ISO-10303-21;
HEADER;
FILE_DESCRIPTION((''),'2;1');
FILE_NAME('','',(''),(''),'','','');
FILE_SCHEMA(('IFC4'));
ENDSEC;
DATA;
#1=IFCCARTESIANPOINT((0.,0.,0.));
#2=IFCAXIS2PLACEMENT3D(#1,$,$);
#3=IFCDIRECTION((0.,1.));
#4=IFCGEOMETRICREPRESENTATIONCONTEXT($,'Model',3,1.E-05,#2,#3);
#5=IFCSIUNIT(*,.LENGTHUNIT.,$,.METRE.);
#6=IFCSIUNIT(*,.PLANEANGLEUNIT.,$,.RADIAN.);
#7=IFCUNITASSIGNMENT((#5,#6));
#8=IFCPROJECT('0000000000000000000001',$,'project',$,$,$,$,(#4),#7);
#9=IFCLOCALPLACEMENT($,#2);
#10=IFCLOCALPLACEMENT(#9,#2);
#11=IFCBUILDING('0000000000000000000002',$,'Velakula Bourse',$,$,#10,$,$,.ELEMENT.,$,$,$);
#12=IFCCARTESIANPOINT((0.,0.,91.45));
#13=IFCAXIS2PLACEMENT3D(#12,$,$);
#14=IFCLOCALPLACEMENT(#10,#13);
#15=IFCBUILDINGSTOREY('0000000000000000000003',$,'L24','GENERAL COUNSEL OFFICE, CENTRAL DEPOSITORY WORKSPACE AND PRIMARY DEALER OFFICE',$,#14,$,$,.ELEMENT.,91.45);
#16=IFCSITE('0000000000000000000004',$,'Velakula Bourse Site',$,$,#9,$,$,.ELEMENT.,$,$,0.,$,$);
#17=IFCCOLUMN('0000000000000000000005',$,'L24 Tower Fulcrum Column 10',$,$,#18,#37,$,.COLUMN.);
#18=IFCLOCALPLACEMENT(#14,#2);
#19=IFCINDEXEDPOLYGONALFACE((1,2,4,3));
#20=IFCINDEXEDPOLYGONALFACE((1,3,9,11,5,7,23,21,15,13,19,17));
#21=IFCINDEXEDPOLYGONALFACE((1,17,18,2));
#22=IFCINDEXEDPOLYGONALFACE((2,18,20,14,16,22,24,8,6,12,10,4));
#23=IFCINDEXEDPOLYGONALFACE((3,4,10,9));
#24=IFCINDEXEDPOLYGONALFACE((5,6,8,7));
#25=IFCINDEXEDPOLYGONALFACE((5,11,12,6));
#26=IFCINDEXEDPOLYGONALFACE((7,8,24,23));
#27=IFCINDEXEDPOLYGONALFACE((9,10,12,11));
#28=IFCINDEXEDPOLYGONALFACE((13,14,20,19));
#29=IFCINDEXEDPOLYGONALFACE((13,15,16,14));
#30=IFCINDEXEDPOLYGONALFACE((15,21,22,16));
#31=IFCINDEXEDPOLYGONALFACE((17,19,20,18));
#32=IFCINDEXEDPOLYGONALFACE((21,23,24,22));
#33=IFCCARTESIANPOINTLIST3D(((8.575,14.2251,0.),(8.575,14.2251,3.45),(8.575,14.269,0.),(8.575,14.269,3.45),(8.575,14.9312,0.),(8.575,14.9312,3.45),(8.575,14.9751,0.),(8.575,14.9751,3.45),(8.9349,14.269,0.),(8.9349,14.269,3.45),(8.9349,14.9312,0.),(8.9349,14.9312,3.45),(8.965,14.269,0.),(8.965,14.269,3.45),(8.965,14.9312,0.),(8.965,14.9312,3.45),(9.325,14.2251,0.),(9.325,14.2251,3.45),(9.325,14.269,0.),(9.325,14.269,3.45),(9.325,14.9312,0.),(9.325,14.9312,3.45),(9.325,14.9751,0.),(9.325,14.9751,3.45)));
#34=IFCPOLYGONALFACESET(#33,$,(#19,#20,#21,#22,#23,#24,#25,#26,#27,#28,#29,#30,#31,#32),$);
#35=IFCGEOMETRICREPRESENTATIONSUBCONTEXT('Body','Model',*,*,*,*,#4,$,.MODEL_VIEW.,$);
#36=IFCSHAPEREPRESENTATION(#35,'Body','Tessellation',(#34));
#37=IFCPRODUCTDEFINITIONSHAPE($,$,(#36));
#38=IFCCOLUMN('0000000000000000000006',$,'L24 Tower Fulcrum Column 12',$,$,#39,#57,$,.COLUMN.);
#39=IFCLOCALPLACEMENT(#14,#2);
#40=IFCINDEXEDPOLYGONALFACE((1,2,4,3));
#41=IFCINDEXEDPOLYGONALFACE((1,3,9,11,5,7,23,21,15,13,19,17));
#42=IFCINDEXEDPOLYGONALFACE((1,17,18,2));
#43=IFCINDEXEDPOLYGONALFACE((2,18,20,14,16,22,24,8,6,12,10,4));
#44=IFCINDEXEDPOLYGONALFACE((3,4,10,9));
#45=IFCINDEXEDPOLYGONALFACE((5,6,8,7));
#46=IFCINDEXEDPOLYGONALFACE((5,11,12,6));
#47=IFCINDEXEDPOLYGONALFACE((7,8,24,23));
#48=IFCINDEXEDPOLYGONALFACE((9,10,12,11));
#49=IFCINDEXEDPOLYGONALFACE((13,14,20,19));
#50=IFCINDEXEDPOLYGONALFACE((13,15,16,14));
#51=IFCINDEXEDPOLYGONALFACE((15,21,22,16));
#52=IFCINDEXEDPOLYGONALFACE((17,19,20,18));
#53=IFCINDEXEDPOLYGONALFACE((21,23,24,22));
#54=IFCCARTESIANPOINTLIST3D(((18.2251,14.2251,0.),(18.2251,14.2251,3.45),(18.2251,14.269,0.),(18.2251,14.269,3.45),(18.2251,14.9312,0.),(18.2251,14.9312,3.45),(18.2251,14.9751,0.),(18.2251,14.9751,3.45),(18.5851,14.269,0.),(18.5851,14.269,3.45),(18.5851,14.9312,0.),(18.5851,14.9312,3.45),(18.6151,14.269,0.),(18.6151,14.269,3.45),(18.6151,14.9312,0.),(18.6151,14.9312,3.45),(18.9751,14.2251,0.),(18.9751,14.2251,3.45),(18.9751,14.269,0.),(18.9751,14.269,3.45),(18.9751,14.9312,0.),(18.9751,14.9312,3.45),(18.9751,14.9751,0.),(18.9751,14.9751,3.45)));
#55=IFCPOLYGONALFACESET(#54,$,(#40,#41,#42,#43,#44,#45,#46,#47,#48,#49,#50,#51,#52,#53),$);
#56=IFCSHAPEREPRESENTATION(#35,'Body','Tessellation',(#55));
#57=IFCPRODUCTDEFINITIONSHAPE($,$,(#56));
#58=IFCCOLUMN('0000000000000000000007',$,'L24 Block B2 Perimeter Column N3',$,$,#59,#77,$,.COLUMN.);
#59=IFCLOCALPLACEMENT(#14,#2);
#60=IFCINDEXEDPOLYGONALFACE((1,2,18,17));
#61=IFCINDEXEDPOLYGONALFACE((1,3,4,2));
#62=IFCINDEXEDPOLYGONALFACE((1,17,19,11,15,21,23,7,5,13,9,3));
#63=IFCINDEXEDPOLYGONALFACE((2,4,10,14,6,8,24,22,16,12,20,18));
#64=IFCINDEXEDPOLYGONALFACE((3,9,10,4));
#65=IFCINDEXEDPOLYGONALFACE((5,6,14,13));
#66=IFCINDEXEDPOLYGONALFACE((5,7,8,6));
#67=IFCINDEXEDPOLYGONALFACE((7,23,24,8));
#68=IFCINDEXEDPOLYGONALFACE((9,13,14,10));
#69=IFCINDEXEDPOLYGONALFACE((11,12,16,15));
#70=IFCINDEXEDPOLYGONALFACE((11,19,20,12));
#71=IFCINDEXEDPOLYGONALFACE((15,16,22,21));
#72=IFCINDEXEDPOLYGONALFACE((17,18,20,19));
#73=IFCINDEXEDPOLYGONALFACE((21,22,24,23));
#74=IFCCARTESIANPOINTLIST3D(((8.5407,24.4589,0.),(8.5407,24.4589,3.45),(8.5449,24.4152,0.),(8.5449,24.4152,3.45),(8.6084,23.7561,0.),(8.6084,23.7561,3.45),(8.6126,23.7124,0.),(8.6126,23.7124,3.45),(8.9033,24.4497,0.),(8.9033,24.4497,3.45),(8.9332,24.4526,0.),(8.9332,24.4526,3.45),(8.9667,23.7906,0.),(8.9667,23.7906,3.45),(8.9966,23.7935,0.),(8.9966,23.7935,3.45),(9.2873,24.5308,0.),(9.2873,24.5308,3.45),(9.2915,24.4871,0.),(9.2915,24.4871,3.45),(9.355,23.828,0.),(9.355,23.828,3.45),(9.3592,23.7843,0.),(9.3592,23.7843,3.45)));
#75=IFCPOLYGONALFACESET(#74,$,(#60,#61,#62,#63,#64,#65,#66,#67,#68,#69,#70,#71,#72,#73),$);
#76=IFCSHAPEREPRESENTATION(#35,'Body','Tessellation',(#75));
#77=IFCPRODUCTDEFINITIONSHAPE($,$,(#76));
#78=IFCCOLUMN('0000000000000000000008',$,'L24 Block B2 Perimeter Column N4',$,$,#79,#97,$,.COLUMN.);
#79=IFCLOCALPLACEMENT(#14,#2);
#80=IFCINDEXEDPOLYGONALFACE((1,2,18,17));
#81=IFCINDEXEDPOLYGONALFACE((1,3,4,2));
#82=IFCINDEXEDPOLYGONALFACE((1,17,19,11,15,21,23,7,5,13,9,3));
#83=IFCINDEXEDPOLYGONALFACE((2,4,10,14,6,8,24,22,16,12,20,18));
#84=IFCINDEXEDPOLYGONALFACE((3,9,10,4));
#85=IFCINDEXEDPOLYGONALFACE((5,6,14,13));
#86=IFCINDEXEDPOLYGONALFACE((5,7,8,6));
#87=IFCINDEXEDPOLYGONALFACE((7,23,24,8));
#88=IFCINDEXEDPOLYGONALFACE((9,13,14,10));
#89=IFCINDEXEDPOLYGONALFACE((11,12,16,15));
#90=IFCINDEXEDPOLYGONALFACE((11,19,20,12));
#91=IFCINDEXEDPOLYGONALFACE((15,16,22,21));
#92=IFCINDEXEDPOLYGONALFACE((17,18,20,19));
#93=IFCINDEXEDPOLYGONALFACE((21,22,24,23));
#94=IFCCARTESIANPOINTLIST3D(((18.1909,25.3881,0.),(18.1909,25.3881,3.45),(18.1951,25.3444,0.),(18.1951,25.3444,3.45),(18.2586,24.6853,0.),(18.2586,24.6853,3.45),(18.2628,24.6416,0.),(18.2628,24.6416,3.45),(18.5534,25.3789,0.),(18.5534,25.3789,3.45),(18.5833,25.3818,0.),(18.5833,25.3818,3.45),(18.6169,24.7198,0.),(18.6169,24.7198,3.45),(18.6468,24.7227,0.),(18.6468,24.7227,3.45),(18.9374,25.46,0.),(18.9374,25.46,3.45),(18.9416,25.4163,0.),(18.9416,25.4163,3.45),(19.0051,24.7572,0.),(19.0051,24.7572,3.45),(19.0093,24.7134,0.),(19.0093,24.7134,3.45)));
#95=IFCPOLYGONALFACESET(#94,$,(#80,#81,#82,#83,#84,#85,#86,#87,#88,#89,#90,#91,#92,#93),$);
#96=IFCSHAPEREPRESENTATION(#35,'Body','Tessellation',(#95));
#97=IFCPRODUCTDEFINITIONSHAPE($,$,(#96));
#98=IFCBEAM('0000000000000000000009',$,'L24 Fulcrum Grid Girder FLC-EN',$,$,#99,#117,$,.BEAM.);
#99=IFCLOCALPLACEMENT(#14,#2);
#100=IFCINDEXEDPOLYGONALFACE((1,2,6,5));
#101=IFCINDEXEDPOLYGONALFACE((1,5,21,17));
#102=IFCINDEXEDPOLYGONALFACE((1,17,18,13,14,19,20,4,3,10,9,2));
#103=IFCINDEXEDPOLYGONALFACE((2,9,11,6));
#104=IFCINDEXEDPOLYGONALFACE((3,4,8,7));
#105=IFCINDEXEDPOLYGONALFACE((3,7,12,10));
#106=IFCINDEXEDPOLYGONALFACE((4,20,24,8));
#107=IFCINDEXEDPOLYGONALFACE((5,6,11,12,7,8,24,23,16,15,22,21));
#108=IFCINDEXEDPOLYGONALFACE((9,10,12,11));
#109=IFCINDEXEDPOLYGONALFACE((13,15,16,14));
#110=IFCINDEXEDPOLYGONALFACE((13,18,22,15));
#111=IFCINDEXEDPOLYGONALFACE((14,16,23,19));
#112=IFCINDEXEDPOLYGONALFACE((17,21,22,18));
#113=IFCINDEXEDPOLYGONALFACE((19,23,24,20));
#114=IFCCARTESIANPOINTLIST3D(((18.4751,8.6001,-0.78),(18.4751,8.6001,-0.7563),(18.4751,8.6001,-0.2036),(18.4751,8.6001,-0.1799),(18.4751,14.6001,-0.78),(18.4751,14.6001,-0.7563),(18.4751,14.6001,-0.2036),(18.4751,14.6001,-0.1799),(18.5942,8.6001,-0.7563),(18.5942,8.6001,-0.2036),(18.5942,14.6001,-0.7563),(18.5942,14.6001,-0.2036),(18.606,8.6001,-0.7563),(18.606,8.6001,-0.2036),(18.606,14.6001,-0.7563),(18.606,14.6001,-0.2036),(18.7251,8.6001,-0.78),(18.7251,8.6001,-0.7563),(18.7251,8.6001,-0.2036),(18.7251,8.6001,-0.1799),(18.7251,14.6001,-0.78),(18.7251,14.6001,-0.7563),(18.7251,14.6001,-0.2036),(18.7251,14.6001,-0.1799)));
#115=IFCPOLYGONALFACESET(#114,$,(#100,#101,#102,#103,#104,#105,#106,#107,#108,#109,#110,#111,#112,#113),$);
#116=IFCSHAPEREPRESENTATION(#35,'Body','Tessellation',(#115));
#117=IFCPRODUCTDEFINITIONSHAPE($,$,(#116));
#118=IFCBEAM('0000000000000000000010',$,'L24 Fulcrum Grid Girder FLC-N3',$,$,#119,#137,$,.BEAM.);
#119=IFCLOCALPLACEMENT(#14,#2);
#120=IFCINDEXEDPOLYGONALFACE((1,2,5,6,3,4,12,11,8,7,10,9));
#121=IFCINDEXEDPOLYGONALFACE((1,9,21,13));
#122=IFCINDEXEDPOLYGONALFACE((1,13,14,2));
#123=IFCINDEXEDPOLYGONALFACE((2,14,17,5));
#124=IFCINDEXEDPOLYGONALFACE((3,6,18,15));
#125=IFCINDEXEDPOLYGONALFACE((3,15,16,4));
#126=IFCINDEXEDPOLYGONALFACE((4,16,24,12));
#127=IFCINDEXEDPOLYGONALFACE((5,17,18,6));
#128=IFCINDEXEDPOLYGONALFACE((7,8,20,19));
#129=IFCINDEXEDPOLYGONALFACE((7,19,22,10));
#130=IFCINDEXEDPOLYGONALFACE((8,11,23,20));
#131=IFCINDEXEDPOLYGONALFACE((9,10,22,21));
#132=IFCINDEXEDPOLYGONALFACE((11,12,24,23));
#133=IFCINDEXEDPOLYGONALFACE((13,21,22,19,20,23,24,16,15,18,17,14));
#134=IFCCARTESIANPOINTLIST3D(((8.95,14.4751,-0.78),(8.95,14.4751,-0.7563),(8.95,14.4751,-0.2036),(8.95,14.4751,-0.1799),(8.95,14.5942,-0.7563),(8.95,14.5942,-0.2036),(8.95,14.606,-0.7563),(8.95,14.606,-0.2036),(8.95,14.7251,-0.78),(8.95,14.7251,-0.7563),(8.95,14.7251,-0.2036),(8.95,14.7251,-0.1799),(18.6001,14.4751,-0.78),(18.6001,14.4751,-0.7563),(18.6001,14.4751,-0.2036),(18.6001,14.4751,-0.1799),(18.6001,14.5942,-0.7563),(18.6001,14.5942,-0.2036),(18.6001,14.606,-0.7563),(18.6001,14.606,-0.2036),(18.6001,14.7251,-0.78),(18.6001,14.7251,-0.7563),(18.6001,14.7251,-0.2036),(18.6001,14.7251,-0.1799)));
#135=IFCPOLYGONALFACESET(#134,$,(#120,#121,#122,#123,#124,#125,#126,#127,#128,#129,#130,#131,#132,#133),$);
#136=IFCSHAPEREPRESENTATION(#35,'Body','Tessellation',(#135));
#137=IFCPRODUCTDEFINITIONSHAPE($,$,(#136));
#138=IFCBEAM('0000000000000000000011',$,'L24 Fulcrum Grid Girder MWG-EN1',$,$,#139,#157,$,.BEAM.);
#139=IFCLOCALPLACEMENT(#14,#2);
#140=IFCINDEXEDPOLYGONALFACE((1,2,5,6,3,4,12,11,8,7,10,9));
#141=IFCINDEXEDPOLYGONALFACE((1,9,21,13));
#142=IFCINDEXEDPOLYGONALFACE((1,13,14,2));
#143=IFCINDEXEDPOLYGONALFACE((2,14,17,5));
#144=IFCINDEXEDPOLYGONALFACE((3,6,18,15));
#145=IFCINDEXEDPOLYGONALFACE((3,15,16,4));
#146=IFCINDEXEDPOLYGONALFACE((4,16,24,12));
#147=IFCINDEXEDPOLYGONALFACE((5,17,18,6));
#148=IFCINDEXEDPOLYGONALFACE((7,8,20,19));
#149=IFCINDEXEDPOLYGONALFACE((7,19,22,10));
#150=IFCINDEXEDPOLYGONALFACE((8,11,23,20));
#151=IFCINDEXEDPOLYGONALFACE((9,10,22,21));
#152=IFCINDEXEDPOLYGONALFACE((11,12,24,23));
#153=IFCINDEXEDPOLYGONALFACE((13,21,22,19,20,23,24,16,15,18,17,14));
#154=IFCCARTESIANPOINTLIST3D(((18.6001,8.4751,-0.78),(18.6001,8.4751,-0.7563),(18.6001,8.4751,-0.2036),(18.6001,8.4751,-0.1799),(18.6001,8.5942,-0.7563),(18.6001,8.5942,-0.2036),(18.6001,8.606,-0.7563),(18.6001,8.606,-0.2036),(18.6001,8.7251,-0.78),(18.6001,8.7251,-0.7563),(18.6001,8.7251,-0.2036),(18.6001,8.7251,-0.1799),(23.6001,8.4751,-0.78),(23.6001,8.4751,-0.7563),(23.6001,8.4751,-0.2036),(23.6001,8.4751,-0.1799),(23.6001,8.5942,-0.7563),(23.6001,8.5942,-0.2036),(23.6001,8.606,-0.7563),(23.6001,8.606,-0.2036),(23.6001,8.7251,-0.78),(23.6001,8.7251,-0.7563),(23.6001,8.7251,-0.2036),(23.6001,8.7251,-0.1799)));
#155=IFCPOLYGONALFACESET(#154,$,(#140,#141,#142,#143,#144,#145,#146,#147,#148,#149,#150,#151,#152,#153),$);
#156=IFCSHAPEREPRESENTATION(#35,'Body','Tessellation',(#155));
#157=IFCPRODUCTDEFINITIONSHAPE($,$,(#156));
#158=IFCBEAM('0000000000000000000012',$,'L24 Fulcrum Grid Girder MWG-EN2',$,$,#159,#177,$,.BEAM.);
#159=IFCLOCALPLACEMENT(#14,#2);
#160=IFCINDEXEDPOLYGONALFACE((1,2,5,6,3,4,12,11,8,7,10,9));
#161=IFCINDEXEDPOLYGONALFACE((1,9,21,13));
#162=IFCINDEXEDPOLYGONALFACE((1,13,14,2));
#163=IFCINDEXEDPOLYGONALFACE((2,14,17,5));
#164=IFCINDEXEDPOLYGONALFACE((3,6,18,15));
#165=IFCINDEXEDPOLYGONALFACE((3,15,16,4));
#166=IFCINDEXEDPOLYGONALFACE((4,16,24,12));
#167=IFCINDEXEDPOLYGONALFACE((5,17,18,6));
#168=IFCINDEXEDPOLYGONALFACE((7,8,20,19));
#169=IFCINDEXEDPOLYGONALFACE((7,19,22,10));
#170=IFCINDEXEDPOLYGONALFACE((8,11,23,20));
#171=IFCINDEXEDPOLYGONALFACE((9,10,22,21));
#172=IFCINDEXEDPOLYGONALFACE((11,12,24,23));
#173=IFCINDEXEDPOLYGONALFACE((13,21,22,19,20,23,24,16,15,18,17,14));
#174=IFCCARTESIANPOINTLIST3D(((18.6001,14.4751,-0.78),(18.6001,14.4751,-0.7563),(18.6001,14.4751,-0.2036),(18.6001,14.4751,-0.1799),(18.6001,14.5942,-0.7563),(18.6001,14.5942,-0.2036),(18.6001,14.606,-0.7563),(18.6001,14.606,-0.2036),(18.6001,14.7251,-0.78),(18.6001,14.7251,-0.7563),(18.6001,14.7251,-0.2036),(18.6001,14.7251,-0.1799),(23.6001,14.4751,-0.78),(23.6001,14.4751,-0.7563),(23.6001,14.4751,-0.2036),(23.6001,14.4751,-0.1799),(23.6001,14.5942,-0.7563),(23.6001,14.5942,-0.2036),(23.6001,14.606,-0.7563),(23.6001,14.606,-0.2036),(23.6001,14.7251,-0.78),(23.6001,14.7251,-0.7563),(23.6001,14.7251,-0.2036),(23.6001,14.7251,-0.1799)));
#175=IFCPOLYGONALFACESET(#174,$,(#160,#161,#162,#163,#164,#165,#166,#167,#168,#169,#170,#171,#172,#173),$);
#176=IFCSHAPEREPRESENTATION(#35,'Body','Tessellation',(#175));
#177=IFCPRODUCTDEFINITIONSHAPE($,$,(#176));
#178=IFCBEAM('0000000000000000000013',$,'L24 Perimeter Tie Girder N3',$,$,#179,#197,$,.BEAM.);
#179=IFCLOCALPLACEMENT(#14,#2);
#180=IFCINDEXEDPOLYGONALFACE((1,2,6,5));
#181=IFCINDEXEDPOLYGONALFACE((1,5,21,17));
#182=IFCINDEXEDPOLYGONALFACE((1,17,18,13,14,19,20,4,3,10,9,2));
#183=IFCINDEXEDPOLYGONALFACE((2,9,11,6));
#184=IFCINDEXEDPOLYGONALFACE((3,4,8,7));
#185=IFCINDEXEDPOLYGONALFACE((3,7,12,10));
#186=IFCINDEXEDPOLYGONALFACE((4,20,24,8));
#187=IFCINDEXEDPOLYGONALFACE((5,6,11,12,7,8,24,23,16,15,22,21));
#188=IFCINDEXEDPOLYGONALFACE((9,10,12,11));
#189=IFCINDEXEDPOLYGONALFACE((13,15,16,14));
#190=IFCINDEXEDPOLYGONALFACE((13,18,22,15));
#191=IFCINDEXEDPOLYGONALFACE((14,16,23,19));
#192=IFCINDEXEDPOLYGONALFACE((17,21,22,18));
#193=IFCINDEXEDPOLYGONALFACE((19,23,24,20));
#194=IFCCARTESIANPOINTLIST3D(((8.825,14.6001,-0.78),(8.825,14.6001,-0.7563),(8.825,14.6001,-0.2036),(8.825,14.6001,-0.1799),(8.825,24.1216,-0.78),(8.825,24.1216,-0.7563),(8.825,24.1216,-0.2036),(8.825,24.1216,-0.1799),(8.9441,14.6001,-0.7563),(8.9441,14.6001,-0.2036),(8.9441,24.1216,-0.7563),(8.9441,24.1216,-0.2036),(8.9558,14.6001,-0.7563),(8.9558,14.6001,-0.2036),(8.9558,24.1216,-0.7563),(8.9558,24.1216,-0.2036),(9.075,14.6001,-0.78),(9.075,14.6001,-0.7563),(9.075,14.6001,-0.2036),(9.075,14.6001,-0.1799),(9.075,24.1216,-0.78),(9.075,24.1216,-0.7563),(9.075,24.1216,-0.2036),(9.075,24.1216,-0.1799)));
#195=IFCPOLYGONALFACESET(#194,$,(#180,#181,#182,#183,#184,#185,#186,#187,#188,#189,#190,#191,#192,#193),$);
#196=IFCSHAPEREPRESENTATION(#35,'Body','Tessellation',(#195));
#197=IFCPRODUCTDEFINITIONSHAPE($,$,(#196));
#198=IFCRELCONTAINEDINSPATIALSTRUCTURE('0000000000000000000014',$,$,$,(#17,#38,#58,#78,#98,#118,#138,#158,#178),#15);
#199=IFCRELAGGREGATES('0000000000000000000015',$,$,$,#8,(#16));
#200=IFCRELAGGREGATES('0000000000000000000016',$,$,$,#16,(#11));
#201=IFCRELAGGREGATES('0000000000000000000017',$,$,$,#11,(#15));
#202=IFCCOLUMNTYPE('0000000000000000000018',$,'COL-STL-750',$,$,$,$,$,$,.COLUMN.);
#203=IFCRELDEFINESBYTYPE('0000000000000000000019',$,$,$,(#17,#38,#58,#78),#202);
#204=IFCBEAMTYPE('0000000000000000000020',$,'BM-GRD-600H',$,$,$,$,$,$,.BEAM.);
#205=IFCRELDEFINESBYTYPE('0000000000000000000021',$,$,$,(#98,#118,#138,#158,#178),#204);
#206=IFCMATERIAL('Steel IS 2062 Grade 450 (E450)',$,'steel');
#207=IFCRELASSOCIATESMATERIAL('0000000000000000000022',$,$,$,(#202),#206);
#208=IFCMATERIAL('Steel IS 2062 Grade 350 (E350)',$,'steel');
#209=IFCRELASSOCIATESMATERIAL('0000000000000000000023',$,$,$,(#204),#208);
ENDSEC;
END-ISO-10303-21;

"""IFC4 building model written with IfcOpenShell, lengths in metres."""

from ifc_helpers import new_model, si_unit, direction, frame, origin, origin_2d, place, context, subcontext, project, spatial, i_section, extrude, material, material_profile, profile_set, type_object, element, save


model = new_model("IFC4")

# Units and contexts
model_context = context("Model", 3, precision=1e-05, world=origin(), true_north=direction((0.0, 1.0)))
body_context = subcontext(model_context, "Body", "Model", "MODEL_VIEW")
ifc_project = project(units=[si_unit("LENGTHUNIT", "METRE"), si_unit("PLANEANGLEUNIT", "RADIAN")], contexts=[model_context])

# Site, building, storey
site_placement = place(None, origin())
site = spatial("IfcSite", under=ifc_project, at=site_placement, Name="Velakula Bourse Site", CompositionType="ELEMENT", RefElevation=0.0)
building_placement = place(site_placement, origin())
building = spatial("IfcBuilding", under=site, at=building_placement, Name="Velakula Bourse", CompositionType="ELEMENT")
storey_placement = place(building_placement, frame((0.0, 0.0, 91.45)))
storey = spatial("IfcBuildingStorey", under=building, at=storey_placement, Name="L24", Description="GENERAL COUNSEL OFFICE, CENTRAL DEPOSITORY WORKSPACE AND PRIMARY DEALER OFFICE", CompositionType="ELEMENT", Elevation=91.45)

# Columns
ifc_material_1 = material(Name="Steel IS 2062 Grade 450 (E450)", Category="steel")
ifc_material_profile_1 = material_profile(ifc_material_1, i_section(OverallWidth=0.75, OverallDepth=0.75, WebThickness=0.03, FlangeThickness=0.0439, at=origin_2d()), Name="Steel IS 2062 Grade 450 (E450)")
ifc_profile_set_1 = profile_set([ifc_material_profile_1], Name="Steel IS 2062 Grade 450 (E450)")
column_type = type_object("IfcColumnType", Name="COL-STL-750", PredefinedType="COLUMN", material=ifc_profile_set_1)
for number, where, z_axis, x_axis, name in (
    (1, (8.95, 14.6001, 0.0), (0.0, 0.0, 1.0), (1.0, 0.0, 0.0), "L24 Tower Fulcrum Column 10"),
    (2, (18.6001, 14.6001, 0.0), (0.0, 0.0, 1.0), (1.0, 0.0, 0.0), "L24 Tower Fulcrum Column 12"),
    (3, (8.95, 24.1216, 0.0), (0.0, 0.0, 1.0), (0.995396, 0.095846, 0.0), "L24 Block B2 Perimeter Column N3"),
    (4, (18.6001, 25.0508, 0.0), (0.0, 0.0, 1.0), (0.995396, 0.095846, 0.0), "L24 Block B2 Perimeter Column N4"),
):
    element("IfcColumn", number, at=place(storey_placement, frame(where, z_axis=z_axis, x_axis=x_axis)), inside=storey, type_object=column_type, Name=name, PredefinedType="COLUMN", context=body_context, shape_type="SweptSolid", body=[
        extrude(i_section(OverallWidth=0.75, OverallDepth=0.75, WebThickness=0.03, FlangeThickness=0.0439, at=origin_2d()), origin(), (0.0, 0.0, 1.0), 3.45),
    ])

# Beams
ifc_material_2 = material(Name="Steel IS 2062 Grade 350 (E350)", Category="steel")
ifc_material_profile_2 = material_profile(ifc_material_2, i_section(OverallWidth=0.25, OverallDepth=0.6001, WebThickness=0.0117, FlangeThickness=0.0237, at=origin_2d()), Name="Steel IS 2062 Grade 350 (E350)")
ifc_profile_set_2 = profile_set([ifc_material_profile_2], Name="Steel IS 2062 Grade 350 (E350)")
beam_type_1 = type_object("IfcBeamType", Name="BM-GRD-600H", PredefinedType="BEAM", material=ifc_profile_set_2)
beam_1_placement = place(storey_placement, frame((18.6001, 8.6001, -0.48), z_axis=(0.0, 1.0, 0.0), x_axis=(-1.0, 0.0, 0.0)))
element("IfcBeam", 5, at=beam_1_placement, inside=storey, type_object=beam_type_1, Name="L24 Fulcrum Grid Girder FLC-EN", PredefinedType="BEAM", context=body_context, shape_type="SweptSolid", body=[
    extrude(i_section(OverallWidth=0.25, OverallDepth=0.6001, WebThickness=0.0117, FlangeThickness=0.0237, at=origin_2d()), origin(), (0.0, 0.0, 1.0), 6.0),
])
beam_2_placement = place(storey_placement, frame((8.95, 14.6001, -0.48), z_axis=(1.0, 0.0, 0.0), x_axis=(0.0, 1.0, 0.0)))
element("IfcBeam", 6, at=beam_2_placement, inside=storey, type_object=beam_type_1, Name="L24 Fulcrum Grid Girder FLC-N3", PredefinedType="BEAM", context=body_context, shape_type="SweptSolid", body=[
    extrude(i_section(OverallWidth=0.25, OverallDepth=0.6001, WebThickness=0.0117, FlangeThickness=0.0237, at=origin_2d()), origin(), (0.0, 0.0, 1.0), 9.6501),
])
for number, where, z_axis, x_axis, name in (
    (7, (18.6001, 8.6001, -0.48), (1.0, 0.0, 0.0), (0.0, 1.0, 0.0), "L24 Fulcrum Grid Girder MWG-EN1"),
    (8, (18.6001, 14.6001, -0.48), (1.0, 0.0, 0.0), (0.0, 1.0, 0.0), "L24 Fulcrum Grid Girder MWG-EN2"),
):
    element("IfcBeam", number, at=place(storey_placement, frame(where, z_axis=z_axis, x_axis=x_axis)), inside=storey, type_object=beam_type_1, Name=name, PredefinedType="BEAM", context=body_context, shape_type="SweptSolid", body=[
        extrude(i_section(OverallWidth=0.25, OverallDepth=0.6001, WebThickness=0.0117, FlangeThickness=0.0237, at=origin_2d()), origin(), (0.0, 0.0, 1.0), 5.0),
    ])
beam_3_placement = place(storey_placement, frame((8.95, 14.6001, -0.48), z_axis=(0.0, 1.0, 0.0), x_axis=(-1.0, 0.0, 0.0)))
element("IfcBeam", 9, at=beam_3_placement, inside=storey, type_object=beam_type_1, Name="L24 Perimeter Tie Girder N3", PredefinedType="BEAM", context=body_context, shape_type="SweptSolid", body=[
    extrude(i_section(OverallWidth=0.25, OverallDepth=0.6001, WebThickness=0.0117, FlangeThickness=0.0237, at=origin_2d()), origin(), (0.0, 0.0, 1.0), 9.5215),
])

save(model, "model.ifc")
